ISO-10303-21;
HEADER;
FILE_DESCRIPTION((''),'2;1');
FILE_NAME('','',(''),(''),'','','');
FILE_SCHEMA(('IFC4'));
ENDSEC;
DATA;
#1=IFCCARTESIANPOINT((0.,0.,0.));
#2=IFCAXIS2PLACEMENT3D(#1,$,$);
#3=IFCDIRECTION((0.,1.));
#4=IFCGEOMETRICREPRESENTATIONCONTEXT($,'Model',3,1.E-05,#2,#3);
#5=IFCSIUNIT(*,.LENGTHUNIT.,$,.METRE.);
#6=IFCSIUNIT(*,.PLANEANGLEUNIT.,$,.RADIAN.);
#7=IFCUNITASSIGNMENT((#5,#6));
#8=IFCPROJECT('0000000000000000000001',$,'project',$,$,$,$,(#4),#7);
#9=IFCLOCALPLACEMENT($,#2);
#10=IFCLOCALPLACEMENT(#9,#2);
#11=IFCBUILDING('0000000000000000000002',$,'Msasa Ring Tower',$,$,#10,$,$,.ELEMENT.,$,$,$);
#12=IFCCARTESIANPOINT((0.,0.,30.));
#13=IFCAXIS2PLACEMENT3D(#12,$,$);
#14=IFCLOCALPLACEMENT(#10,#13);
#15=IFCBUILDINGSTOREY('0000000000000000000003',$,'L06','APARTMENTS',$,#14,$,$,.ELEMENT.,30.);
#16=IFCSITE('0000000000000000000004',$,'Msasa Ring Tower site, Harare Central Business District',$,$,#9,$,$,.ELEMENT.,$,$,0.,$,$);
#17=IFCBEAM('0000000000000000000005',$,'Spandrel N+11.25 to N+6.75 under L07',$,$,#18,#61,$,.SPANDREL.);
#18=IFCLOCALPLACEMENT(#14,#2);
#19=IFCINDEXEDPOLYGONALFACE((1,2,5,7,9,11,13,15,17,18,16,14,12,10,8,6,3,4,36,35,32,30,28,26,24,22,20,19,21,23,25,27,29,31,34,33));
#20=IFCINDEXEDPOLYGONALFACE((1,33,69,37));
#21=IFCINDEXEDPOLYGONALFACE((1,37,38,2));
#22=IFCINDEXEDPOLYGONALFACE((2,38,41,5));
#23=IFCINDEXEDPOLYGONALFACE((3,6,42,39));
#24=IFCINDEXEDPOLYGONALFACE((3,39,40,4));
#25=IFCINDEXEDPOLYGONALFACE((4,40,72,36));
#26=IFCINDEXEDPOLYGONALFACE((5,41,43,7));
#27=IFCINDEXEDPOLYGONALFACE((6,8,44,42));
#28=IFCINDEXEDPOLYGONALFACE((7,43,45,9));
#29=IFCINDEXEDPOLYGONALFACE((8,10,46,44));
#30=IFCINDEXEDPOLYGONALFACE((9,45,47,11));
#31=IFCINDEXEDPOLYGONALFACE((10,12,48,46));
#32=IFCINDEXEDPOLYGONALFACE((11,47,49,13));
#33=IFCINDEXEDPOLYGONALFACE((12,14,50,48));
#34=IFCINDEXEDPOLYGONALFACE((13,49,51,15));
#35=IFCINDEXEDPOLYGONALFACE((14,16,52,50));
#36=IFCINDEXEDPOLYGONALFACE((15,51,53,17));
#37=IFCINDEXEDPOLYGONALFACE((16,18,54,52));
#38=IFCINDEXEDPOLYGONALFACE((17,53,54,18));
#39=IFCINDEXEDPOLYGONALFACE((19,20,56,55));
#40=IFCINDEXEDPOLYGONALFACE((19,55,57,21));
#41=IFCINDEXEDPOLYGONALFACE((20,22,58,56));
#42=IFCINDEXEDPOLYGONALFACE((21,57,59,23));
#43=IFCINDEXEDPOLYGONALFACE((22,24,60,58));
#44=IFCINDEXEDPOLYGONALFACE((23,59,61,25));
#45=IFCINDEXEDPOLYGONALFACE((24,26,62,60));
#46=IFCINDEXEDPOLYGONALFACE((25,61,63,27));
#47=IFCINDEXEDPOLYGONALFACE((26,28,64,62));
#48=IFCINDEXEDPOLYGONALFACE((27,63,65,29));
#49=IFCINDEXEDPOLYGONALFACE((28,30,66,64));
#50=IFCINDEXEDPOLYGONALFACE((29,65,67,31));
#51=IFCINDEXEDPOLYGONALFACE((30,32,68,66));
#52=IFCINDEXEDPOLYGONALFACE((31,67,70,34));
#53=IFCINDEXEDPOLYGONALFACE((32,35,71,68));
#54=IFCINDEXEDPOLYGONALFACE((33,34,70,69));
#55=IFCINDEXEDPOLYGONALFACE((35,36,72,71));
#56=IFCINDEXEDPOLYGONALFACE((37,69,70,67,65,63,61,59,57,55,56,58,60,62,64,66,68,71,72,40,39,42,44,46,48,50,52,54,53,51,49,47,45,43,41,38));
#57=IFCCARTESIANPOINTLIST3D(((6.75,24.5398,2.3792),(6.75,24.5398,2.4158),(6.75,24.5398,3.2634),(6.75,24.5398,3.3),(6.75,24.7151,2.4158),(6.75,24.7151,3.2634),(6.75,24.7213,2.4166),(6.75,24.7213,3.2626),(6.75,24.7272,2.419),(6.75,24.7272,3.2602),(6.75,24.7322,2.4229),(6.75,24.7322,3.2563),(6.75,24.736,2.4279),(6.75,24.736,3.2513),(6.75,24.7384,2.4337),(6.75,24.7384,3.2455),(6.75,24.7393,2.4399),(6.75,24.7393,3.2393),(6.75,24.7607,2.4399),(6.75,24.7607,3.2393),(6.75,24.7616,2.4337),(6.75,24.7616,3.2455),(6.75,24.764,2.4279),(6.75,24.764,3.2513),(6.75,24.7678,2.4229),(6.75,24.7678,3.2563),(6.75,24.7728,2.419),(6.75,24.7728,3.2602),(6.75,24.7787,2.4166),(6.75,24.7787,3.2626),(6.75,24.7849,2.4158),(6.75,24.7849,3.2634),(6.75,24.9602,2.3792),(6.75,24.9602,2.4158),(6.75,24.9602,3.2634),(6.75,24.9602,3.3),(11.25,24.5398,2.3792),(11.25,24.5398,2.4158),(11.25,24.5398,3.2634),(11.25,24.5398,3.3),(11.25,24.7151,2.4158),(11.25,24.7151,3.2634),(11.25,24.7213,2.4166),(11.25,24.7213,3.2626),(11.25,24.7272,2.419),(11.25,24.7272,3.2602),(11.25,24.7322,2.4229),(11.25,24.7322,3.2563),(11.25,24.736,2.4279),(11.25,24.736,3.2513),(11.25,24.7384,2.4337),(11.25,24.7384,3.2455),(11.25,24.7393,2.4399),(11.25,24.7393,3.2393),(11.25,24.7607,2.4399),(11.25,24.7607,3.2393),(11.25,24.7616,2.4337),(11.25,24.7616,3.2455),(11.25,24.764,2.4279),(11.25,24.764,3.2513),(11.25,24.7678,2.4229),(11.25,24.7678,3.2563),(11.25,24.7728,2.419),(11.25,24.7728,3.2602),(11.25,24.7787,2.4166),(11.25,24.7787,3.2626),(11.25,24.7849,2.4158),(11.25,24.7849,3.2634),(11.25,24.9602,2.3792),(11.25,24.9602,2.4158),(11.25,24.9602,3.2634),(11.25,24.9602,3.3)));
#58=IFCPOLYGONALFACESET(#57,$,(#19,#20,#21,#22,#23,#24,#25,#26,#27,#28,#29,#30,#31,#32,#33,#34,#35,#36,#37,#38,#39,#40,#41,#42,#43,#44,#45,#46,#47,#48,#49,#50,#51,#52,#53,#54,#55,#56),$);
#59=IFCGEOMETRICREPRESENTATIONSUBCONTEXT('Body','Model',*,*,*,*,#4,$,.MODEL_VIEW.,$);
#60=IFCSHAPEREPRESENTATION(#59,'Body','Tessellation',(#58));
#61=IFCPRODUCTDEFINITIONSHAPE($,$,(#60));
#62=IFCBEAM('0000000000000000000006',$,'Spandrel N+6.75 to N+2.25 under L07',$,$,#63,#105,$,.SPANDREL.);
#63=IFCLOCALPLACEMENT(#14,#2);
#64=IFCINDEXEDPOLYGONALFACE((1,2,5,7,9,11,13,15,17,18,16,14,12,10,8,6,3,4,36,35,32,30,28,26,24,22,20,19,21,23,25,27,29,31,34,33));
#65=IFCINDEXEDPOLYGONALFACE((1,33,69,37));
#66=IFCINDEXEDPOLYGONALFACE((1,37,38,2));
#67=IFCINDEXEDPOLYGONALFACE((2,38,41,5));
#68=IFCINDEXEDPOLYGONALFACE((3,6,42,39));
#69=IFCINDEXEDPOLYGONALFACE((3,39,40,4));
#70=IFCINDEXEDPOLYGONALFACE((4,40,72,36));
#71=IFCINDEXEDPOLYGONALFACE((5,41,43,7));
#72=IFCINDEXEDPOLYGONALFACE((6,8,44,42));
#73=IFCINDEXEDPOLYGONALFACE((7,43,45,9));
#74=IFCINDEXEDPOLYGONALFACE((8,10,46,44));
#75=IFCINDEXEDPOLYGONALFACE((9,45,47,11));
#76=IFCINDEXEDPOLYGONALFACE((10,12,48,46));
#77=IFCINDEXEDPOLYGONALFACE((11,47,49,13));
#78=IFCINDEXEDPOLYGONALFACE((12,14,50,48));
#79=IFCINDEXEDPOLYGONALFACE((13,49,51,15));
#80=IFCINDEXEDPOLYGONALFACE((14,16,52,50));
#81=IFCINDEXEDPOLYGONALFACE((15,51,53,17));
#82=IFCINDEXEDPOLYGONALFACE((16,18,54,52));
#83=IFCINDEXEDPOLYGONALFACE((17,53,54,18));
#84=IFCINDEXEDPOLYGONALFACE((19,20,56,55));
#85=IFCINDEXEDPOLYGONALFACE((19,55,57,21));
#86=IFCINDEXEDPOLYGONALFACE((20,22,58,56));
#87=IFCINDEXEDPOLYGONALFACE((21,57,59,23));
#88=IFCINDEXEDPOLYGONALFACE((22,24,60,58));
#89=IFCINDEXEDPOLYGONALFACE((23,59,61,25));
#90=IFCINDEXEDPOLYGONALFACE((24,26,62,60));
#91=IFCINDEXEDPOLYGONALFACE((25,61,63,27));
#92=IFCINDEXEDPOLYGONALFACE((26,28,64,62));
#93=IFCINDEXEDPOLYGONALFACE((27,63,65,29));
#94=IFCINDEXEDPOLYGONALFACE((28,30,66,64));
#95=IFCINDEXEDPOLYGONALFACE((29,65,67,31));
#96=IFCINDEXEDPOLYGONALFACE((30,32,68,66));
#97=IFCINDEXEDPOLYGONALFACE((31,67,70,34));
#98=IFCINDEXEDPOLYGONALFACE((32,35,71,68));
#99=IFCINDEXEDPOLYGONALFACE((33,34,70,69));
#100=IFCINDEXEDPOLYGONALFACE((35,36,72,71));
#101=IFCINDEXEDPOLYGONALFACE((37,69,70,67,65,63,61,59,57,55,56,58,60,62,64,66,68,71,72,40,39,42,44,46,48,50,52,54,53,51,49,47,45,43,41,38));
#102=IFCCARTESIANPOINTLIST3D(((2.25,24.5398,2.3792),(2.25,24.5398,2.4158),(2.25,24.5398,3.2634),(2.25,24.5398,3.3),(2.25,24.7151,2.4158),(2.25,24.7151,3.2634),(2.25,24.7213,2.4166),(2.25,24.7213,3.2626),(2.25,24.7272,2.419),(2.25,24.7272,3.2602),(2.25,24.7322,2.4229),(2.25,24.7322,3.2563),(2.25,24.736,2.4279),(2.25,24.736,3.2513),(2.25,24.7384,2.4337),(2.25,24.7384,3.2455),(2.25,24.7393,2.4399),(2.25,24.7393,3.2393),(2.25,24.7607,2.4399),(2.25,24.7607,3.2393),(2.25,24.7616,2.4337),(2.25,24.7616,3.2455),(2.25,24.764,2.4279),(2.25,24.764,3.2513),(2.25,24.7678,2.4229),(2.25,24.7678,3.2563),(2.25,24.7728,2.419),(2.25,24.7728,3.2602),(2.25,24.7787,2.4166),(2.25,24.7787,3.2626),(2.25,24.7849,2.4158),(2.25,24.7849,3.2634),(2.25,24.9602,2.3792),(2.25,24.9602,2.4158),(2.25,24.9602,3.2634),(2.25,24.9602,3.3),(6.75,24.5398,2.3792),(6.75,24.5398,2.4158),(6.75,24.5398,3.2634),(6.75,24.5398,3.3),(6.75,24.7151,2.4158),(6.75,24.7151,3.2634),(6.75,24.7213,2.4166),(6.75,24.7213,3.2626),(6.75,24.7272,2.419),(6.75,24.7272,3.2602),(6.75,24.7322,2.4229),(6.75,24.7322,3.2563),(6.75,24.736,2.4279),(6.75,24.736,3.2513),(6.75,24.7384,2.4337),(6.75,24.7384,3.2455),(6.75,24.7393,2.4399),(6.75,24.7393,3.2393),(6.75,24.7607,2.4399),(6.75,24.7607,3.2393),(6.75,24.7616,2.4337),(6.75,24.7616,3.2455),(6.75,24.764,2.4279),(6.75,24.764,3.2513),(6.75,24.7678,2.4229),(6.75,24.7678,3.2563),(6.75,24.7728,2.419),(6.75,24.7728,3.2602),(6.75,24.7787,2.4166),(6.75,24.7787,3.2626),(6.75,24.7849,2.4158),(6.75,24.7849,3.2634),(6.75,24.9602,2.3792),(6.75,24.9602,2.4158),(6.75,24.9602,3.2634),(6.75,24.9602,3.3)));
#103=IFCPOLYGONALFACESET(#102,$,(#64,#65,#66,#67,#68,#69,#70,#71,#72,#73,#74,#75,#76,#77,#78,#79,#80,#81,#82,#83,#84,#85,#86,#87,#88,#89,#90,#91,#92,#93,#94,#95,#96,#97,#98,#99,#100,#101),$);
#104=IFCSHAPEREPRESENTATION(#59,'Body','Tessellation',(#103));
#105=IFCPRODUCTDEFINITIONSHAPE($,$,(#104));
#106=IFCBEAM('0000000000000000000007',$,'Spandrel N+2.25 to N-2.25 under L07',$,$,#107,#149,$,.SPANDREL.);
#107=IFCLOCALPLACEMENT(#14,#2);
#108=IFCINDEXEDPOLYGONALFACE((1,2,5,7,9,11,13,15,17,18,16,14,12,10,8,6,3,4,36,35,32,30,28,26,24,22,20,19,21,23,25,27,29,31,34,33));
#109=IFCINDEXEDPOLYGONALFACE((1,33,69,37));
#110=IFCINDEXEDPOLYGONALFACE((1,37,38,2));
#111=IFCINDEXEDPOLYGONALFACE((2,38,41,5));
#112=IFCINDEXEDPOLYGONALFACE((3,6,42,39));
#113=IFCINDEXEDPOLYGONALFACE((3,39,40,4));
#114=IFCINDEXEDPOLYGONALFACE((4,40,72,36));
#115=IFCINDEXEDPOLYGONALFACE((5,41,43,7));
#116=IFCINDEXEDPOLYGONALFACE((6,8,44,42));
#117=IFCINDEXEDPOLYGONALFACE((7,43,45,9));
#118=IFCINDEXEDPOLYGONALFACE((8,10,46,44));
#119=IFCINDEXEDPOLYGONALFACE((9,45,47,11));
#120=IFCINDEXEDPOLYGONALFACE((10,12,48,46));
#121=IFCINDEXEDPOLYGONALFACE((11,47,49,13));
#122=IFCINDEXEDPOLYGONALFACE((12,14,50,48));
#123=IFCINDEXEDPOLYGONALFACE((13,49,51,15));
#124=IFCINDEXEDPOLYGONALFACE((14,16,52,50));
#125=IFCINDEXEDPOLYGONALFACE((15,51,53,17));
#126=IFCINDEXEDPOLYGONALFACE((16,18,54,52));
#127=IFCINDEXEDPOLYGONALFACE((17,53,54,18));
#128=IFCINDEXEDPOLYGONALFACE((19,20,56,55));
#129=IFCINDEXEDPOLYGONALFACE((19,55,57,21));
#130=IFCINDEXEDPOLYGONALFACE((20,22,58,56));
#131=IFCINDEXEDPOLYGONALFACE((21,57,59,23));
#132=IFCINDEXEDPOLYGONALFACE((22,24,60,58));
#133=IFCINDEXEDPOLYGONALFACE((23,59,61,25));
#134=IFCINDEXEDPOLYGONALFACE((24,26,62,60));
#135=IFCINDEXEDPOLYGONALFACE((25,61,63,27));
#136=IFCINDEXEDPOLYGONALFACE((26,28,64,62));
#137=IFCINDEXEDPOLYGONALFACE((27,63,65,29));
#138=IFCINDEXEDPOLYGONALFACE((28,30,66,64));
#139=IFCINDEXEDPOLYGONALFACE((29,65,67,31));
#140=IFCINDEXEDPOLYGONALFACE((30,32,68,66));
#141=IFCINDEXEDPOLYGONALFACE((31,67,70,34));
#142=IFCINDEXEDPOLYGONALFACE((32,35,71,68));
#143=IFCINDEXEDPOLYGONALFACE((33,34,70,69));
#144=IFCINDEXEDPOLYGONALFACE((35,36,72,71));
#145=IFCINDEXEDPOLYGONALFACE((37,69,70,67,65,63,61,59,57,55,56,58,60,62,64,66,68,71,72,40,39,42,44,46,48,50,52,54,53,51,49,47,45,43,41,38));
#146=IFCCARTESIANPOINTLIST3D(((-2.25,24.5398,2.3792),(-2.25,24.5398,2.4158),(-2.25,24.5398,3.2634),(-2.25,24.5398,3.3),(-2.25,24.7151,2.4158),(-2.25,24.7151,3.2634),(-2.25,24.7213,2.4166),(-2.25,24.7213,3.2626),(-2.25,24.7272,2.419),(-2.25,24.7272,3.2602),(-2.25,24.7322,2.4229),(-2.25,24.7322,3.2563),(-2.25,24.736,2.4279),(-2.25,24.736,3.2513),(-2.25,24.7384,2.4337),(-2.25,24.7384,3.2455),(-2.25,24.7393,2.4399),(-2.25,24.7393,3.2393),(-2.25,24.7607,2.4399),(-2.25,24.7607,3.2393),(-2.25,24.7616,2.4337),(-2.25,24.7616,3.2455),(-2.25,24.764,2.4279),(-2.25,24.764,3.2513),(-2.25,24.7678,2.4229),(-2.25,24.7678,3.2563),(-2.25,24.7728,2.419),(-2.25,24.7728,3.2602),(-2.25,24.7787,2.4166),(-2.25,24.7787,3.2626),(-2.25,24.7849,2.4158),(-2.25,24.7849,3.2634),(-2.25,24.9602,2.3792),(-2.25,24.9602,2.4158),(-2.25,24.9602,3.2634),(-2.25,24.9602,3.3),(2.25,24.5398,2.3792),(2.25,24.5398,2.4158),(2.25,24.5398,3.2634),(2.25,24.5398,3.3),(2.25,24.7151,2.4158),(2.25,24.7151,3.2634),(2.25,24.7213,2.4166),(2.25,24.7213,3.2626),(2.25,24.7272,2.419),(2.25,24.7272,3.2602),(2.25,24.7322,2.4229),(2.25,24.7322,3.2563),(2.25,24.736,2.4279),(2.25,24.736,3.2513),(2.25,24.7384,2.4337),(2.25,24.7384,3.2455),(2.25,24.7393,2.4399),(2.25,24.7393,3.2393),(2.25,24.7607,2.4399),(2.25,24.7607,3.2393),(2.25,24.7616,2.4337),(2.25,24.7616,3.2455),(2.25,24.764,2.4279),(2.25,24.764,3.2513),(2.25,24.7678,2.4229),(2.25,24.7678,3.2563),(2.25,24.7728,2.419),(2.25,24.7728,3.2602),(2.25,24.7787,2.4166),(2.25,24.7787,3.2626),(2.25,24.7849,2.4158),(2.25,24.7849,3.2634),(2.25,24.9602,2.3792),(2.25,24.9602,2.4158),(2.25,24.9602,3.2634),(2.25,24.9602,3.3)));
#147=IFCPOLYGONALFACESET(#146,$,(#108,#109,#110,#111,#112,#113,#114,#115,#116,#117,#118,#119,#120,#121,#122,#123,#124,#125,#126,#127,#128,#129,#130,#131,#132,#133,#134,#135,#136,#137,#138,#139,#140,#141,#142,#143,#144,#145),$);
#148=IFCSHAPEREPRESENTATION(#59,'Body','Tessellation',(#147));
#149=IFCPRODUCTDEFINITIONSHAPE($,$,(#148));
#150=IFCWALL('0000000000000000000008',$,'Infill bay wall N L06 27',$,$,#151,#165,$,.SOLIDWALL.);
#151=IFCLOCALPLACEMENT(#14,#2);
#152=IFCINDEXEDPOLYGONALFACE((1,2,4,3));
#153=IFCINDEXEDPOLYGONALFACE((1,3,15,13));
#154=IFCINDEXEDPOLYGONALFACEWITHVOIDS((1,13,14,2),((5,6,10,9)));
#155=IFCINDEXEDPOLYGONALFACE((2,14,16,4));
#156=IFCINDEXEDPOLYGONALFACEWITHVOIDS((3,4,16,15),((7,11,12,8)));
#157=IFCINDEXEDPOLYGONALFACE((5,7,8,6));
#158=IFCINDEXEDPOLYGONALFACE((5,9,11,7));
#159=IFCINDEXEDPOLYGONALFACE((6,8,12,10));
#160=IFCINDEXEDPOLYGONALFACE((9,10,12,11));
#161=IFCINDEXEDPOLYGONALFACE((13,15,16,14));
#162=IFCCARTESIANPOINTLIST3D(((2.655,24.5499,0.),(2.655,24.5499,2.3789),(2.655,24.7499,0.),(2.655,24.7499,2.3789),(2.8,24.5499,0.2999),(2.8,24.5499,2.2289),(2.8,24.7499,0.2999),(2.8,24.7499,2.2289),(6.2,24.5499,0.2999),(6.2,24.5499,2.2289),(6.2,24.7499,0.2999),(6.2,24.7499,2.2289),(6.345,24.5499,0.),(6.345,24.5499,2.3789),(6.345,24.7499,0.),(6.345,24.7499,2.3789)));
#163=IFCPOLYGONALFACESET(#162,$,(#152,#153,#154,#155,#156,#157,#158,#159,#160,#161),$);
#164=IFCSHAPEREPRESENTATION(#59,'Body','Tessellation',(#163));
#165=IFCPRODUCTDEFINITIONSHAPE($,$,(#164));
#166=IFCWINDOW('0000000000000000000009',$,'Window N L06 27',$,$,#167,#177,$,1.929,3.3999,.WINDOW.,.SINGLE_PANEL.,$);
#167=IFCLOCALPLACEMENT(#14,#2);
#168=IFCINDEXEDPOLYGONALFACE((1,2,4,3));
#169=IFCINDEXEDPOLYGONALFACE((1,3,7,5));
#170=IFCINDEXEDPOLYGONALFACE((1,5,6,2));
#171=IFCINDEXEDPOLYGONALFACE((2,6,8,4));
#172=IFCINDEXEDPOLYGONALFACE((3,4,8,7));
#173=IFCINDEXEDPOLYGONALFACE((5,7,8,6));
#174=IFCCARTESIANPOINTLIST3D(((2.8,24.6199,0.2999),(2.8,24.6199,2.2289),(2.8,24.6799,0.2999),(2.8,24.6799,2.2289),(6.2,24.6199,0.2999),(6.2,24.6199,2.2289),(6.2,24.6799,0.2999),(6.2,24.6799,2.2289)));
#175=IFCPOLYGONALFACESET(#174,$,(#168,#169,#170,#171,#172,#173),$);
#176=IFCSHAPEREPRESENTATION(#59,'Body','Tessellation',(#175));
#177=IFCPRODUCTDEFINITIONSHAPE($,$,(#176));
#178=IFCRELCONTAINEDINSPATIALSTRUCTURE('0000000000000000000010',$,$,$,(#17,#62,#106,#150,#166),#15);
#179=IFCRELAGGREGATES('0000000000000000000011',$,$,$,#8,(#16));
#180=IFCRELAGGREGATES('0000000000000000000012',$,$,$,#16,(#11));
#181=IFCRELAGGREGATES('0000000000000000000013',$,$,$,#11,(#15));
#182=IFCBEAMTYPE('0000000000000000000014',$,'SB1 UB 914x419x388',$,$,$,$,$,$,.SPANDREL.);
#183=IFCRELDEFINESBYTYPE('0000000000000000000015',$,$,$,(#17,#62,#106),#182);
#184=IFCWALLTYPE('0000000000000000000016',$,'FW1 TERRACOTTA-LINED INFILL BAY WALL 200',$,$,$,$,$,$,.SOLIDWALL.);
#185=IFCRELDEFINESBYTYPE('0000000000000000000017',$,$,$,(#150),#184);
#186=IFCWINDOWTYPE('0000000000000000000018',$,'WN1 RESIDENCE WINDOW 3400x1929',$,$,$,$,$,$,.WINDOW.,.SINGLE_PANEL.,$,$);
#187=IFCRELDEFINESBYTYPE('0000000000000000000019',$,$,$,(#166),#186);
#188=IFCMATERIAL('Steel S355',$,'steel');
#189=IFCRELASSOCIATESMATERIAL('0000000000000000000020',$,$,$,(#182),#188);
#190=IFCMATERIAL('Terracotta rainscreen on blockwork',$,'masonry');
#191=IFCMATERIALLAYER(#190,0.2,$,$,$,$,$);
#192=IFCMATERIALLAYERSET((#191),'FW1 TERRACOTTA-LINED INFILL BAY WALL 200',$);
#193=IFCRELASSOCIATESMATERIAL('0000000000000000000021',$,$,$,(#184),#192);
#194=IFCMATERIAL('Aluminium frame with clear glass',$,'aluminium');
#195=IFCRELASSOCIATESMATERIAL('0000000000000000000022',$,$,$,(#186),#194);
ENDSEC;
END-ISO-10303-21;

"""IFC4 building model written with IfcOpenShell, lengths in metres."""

from ifc_helpers import new_model, si_unit, direction, frame, frame_2d, origin, origin_2d, place, context, subcontext, project, spatial, rectangle, i_section, extrude, material, layer, layer_set, material_profile, profile_set, type_object, element, fill, save


model = new_model("IFC4")

# Units and contexts
model_context = context("Model", 3, precision=1e-05, world=origin(), true_north=direction((0.0, 1.0)))
body_context = subcontext(model_context, "Body", "Model", "MODEL_VIEW")
ifc_project = project(units=[si_unit("LENGTHUNIT", "METRE"), si_unit("PLANEANGLEUNIT", "RADIAN")], contexts=[model_context])

# Site, building, storey
site_placement = place(None, origin())
site = spatial("IfcSite", under=ifc_project, at=site_placement, Name="Msasa Ring Tower site, Harare Central Business District", CompositionType="ELEMENT", RefElevation=0.0)
building_placement = place(site_placement, origin())
building = spatial("IfcBuilding", under=site, at=building_placement, Name="Msasa Ring Tower", CompositionType="ELEMENT")
storey_placement = place(building_placement, frame((0.0, 0.0, 30.0)))
storey = spatial("IfcBuildingStorey", under=building, at=storey_placement, Name="L06", Description="APARTMENTS", CompositionType="ELEMENT", Elevation=30.0)

# Beams
ifc_material_1 = material(Name="Steel S355", Category="steel")
ifc_material_profile_1 = material_profile(ifc_material_1, i_section(OverallWidth=0.4204, OverallDepth=0.9209, WebThickness=0.0215, FlangeThickness=0.0366, FilletRadius=0.0242, at=origin_2d()), Name="UB 914x419x388")
ifc_profile_set_1 = profile_set([ifc_material_profile_1], Name="Steel S355")
beam_type_1 = type_object("IfcBeamType", Name="SB1 UB 914x419x388", PredefinedType="SPANDREL", material=ifc_profile_set_1)
for number, where, z_axis, x_axis, name in (
    (1, (11.25, 24.75, 2.8396), (-1.0, 0.0, 0.0), (0.0, -1.0, 0.0), "Spandrel N+11.25 to N+6.75 under L07"),
    (2, (6.75, 24.75, 2.8396), (-1.0, 0.0, 0.0), (0.0, -1.0, 0.0), "Spandrel N+6.75 to N+2.25 under L07"),
    (3, (2.25, 24.75, 2.8396), (-1.0, 0.0, 0.0), (0.0, -1.0, 0.0), "Spandrel N+2.25 to N-2.25 under L07"),
):
    element("IfcBeam", number, at=place(storey_placement, frame(where, z_axis=z_axis, x_axis=x_axis)), inside=storey, type_object=beam_type_1, Name=name, PredefinedType="SPANDREL", context=body_context, shape_type="SweptSolid", body=[
        extrude(i_section(OverallWidth=0.4204, OverallDepth=0.9209, WebThickness=0.0215, FlangeThickness=0.0366, FilletRadius=0.0242, at=origin_2d()), origin(), (0.0, 0.0, 1.0), 4.5),
    ])

# Wall, opening, window
ifc_material_2 = material(Name="Terracotta rainscreen on blockwork", Category="masonry")
ifc_layer_1 = layer(ifc_material_2, 0.2)
ifc_layer_set_1 = layer_set([ifc_layer_1], Name="FW1 TERRACOTTA-LINED INFILL BAY WALL 200")
wall_type_1 = type_object("IfcWallType", Name="FW1 TERRACOTTA-LINED INFILL BAY WALL 200", PredefinedType="SOLIDWALL", material=ifc_layer_set_1)
wall_1_placement = place(storey_placement, frame((2.655, 24.6499, 0.0), z_axis=(0.0, 0.0, 1.0), x_axis=(1.0, 0.0, 0.0)))
wall_1 = element("IfcWall", 4, at=wall_1_placement, inside=storey, type_object=wall_type_1, Name="Infill bay wall N L06 27", PredefinedType="SOLIDWALL", context=body_context, shape_type="SweptSolid", body=[
    extrude(rectangle(XDim=3.6899, YDim=0.2, at=frame_2d((1.845, 0.0))), origin(), (0.0, 0.0, 1.0), 2.3789),
])
opening_1_placement = place(wall_1_placement, frame((0.145, 0.0, 0.3)))
opening_1 = element("IfcOpeningElement", 5, at=opening_1_placement, cuts=wall_1, PredefinedType="OPENING", context=body_context, shape_type="SweptSolid", body=[
    extrude(rectangle(XDim=3.3999, YDim=1.929, at=frame_2d((1.7, 0.9644))), frame((0.0, 0.1099, 0.0), z_axis=(0.0, -1.0, 0.0), x_axis=(1.0, 0.0, 0.0)), (0.0, 0.0, 1.0), 0.22),
])
ifc_material_3 = material(Name="Aluminium frame with clear glass", Category="aluminium")
window_type = type_object("IfcWindowType", Name="WN1 RESIDENCE WINDOW 3400x1929", PartitioningType="SINGLE_PANEL", PredefinedType="WINDOW", material=ifc_material_3)
window_1_placement = place(opening_1_placement, origin())
window_1 = element("IfcWindow", 6, at=window_1_placement, inside=storey, type_object=window_type, Name="Window N L06 27", OverallHeight=1.929, OverallWidth=3.3999, PartitioningType="SINGLE_PANEL", PredefinedType="WINDOW", context=body_context, shape_type="SweptSolid", body=[
    extrude(rectangle(XDim=3.3999, YDim=1.929, at=frame_2d((1.7, 0.9644))), frame((0.0, 0.03, 0.0), z_axis=(0.0, -1.0, 0.0), x_axis=(1.0, 0.0, 0.0)), (0.0, 0.0, 1.0), 0.0601),
])
fill(opening_1, window_1)

save(model, "model.ifc")
